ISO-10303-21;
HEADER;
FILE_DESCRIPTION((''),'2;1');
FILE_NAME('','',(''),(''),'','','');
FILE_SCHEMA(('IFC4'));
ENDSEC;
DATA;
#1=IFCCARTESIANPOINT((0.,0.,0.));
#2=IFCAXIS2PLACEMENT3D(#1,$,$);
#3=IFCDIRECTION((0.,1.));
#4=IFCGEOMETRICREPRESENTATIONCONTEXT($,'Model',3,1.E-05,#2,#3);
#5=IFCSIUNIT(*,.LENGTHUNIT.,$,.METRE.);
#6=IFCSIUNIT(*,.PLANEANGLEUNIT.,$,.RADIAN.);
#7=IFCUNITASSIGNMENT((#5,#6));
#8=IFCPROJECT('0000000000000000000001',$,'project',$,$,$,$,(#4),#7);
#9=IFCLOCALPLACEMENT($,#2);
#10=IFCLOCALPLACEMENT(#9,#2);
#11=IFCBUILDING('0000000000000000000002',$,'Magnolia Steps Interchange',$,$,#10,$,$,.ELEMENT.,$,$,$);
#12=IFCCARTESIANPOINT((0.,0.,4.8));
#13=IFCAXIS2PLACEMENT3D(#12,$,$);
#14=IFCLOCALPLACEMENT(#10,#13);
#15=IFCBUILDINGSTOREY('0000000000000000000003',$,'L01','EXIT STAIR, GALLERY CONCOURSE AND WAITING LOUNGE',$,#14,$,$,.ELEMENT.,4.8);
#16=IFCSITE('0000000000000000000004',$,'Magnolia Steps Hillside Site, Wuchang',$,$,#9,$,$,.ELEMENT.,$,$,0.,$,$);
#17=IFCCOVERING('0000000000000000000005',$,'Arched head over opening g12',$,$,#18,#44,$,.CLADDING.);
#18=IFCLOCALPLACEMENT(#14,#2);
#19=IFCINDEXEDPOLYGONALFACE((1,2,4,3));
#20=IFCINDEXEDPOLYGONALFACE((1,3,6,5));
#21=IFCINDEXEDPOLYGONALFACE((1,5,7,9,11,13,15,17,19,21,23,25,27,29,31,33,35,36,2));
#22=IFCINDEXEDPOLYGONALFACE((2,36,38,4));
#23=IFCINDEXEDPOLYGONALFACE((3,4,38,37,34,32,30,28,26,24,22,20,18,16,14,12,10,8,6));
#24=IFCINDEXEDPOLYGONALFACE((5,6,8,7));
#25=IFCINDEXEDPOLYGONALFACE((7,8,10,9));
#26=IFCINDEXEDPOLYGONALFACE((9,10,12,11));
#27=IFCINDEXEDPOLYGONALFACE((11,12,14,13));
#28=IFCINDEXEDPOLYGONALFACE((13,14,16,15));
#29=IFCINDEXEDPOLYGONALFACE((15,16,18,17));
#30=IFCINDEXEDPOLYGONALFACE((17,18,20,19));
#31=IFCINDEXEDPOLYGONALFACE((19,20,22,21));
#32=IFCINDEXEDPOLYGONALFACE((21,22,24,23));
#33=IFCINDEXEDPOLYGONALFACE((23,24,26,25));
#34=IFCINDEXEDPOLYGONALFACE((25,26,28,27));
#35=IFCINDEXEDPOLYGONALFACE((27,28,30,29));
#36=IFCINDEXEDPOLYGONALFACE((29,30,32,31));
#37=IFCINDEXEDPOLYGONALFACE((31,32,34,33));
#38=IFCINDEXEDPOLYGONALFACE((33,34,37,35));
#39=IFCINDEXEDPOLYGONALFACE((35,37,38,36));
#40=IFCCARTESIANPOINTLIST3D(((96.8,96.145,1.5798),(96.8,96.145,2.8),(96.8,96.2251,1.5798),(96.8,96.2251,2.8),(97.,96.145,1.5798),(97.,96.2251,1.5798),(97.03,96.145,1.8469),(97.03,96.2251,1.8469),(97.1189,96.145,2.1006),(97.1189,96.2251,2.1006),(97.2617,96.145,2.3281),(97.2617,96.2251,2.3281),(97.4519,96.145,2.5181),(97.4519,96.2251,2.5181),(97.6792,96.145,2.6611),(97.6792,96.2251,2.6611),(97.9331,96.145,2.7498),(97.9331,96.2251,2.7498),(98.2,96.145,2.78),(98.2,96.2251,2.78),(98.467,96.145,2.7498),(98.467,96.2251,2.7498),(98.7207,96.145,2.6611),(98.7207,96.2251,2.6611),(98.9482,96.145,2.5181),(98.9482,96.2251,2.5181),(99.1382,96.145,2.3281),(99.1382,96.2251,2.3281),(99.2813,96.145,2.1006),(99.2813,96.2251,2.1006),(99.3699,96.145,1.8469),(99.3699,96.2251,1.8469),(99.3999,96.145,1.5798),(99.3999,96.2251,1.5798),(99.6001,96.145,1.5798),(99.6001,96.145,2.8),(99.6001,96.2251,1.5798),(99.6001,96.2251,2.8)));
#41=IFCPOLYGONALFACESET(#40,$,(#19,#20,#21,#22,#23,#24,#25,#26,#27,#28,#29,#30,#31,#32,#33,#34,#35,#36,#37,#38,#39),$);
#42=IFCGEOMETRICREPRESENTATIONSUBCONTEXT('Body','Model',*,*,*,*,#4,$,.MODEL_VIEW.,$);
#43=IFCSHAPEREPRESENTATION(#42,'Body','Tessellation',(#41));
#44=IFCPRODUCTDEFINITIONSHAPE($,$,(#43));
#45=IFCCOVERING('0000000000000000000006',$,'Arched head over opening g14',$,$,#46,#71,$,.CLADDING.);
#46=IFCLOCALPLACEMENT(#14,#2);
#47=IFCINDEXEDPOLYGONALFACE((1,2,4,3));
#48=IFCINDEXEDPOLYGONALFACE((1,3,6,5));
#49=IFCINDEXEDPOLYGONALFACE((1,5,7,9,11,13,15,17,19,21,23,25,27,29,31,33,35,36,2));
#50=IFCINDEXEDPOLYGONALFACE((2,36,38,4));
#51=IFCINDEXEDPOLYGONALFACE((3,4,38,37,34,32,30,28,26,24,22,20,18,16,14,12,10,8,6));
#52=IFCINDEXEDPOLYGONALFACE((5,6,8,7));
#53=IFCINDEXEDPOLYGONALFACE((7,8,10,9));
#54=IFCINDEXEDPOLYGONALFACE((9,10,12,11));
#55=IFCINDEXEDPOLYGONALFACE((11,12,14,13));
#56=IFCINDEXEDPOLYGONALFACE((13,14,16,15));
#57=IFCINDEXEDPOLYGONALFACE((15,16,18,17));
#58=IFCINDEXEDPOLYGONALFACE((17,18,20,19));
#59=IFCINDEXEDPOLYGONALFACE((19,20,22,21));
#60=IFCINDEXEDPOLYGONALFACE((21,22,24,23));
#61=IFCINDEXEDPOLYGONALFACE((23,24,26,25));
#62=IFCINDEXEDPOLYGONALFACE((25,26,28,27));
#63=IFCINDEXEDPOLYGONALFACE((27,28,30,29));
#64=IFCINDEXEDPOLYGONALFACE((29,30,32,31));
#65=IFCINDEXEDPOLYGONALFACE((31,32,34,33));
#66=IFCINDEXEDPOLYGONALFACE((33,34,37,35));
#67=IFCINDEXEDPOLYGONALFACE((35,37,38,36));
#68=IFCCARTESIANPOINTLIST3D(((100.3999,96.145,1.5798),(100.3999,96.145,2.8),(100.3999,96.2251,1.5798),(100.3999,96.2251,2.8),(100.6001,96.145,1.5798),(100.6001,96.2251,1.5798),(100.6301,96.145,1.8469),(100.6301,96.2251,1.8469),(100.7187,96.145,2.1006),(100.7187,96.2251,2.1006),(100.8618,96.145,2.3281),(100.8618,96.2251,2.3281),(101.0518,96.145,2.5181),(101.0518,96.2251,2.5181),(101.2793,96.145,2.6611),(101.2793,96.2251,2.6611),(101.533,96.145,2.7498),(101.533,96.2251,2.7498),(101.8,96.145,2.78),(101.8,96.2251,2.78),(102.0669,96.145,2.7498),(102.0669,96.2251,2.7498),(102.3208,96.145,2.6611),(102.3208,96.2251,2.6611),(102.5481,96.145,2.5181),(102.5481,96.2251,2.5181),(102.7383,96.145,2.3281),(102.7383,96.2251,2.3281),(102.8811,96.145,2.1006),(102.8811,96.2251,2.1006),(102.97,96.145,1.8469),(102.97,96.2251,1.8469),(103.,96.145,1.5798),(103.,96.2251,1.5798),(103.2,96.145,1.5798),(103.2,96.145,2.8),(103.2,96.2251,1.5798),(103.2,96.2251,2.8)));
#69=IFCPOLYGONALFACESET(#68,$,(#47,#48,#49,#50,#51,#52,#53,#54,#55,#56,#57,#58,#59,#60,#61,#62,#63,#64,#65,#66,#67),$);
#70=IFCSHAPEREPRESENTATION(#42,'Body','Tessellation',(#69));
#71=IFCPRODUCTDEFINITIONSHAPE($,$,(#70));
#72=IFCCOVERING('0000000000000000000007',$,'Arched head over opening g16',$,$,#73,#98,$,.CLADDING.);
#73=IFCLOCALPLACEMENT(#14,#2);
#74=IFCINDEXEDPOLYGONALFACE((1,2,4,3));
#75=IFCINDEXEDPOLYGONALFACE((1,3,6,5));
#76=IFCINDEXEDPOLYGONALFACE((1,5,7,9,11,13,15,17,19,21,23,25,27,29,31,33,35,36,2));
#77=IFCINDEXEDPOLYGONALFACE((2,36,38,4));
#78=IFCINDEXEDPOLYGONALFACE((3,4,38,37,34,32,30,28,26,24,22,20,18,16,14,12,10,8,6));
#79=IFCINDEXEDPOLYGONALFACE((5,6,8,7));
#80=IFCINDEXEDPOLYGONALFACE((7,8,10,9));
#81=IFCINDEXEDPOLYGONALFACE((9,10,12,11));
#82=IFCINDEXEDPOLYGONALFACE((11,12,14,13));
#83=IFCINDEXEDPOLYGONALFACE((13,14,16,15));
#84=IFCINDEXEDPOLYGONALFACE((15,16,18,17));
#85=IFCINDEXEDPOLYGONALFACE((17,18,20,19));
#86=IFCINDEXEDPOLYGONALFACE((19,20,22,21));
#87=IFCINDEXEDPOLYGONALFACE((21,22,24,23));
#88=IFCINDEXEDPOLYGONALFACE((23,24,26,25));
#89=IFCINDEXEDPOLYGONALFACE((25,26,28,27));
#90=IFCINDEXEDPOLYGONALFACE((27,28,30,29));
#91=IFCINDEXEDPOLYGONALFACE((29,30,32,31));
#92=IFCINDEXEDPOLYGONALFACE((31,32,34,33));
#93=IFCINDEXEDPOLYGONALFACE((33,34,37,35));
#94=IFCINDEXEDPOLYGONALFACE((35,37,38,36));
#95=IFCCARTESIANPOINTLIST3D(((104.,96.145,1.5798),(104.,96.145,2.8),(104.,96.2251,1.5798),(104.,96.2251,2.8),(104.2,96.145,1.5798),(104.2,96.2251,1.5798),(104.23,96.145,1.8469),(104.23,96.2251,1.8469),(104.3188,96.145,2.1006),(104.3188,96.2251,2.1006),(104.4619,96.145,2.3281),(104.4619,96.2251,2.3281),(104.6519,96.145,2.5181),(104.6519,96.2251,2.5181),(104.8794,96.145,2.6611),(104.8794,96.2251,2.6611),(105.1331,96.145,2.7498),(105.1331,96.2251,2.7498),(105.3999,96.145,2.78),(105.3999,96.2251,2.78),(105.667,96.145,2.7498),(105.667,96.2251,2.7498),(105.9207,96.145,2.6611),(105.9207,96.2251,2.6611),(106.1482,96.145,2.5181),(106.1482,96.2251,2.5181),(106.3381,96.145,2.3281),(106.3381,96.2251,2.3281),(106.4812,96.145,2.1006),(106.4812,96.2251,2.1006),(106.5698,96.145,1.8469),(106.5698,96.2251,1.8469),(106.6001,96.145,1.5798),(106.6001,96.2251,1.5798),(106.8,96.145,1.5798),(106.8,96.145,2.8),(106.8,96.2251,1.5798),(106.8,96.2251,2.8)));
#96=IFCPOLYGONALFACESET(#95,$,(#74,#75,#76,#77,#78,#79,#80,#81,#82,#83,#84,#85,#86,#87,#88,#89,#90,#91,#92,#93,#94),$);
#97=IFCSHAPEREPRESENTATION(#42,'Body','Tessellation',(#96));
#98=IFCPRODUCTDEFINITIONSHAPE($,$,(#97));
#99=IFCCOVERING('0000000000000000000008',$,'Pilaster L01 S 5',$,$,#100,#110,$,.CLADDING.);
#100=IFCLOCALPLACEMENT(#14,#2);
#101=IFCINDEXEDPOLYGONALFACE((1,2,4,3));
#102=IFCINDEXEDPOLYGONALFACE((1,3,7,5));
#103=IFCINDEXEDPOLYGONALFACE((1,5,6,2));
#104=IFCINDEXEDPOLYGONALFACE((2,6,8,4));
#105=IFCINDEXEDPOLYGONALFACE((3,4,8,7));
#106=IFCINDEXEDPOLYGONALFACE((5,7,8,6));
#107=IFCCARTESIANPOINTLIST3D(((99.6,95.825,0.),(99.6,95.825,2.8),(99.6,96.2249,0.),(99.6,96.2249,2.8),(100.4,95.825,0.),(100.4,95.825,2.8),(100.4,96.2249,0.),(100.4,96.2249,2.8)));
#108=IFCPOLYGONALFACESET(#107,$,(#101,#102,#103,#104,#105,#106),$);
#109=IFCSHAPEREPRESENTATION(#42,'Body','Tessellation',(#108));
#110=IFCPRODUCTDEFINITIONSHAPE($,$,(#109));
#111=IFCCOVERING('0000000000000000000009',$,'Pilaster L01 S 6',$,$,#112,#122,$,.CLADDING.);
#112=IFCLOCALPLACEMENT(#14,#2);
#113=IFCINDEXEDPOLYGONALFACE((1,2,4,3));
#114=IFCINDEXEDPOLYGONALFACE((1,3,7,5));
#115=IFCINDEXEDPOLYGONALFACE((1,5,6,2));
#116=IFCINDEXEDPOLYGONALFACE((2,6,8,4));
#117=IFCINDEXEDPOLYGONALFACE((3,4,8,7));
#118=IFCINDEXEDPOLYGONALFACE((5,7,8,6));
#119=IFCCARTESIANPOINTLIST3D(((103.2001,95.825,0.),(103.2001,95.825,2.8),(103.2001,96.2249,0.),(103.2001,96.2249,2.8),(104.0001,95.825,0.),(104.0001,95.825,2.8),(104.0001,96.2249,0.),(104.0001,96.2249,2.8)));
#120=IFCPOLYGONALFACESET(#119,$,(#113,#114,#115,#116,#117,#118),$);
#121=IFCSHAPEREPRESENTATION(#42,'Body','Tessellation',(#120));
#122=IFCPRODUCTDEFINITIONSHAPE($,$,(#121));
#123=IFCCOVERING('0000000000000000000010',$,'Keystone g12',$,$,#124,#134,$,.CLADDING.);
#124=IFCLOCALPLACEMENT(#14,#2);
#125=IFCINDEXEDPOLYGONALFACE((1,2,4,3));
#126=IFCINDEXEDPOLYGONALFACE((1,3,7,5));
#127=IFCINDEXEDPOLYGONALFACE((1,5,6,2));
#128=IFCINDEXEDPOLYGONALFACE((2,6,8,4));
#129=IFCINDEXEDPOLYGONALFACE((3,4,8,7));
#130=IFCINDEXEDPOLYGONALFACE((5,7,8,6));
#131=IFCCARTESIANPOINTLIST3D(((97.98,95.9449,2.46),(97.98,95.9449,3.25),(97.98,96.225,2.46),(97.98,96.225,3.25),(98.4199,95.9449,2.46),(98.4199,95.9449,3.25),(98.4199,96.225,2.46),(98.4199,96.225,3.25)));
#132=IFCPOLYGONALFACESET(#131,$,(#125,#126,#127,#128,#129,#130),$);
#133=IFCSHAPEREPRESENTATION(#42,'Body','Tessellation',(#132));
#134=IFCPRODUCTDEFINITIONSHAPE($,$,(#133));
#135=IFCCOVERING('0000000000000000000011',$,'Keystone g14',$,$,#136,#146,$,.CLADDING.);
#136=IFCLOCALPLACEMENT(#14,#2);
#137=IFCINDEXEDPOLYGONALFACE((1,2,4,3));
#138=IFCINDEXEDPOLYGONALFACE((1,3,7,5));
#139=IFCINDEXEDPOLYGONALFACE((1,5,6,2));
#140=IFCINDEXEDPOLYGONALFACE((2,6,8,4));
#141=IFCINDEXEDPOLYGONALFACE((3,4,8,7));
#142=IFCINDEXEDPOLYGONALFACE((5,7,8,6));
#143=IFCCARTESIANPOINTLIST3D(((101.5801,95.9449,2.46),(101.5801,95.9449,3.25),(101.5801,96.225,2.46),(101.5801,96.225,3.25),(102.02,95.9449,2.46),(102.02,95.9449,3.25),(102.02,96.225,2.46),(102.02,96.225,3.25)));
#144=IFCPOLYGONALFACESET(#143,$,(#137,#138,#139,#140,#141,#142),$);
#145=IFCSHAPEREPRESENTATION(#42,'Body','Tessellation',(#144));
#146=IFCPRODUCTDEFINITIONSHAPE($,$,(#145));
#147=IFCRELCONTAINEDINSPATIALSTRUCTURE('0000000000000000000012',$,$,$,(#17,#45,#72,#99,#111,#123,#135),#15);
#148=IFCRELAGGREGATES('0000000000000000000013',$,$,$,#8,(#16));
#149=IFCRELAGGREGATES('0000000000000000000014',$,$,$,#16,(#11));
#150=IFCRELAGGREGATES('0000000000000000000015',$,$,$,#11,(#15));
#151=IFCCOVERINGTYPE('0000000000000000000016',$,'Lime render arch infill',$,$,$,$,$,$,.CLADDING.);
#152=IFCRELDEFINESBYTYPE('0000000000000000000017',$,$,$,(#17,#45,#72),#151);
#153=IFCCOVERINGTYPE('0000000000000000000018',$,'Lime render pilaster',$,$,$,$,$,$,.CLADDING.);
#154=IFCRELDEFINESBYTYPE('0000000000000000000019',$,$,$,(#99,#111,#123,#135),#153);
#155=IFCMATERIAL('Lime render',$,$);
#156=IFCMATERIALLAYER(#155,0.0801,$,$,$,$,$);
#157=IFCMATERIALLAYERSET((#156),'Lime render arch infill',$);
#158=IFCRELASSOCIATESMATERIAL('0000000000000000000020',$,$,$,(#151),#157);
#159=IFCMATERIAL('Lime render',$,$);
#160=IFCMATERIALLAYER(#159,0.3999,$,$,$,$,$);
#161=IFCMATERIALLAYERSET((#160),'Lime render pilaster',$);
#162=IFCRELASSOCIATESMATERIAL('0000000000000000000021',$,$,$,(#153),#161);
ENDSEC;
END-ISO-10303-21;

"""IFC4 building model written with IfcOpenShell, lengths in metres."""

from ifc_helpers import new_model, si_unit, direction, frame, origin, origin_2d, place, context, subcontext, project, spatial, polyline, rectangle, outline, extrude, material, layer, layer_set, type_object, element, save


model = new_model("IFC4")

# Units and contexts
model_context = context("Model", 3, precision=1e-05, world=origin(), true_north=direction((0.0, 1.0)))
body_context = subcontext(model_context, "Body", "Model", "MODEL_VIEW")
ifc_project = project(units=[si_unit("LENGTHUNIT", "METRE"), si_unit("PLANEANGLEUNIT", "RADIAN")], contexts=[model_context])

# Site, building, storey
site_placement = place(None, origin())
site = spatial("IfcSite", under=ifc_project, at=site_placement, Name="Magnolia Steps Hillside Site, Wuchang", CompositionType="ELEMENT", RefElevation=0.0)
building_placement = place(site_placement, origin())
building = spatial("IfcBuilding", under=site, at=building_placement, Name="Magnolia Steps Interchange", CompositionType="ELEMENT")
storey_placement = place(building_placement, frame((0.0, 0.0, 4.8)))
storey = spatial("IfcBuildingStorey", under=building, at=storey_placement, Name="L01", Description="EXIT STAIR, GALLERY CONCOURSE AND WAITING LOUNGE", CompositionType="ELEMENT", Elevation=4.8)

# Coverings
ifc_material_1 = material(Name="Lime render")
ifc_layer_1 = layer(ifc_material_1, 0.0801)
ifc_layer_set_1 = layer_set([ifc_layer_1], Name="Lime render arch infill")
covering_type_1 = type_object("IfcCoveringType", Name="Lime render arch infill", PredefinedType="CLADDING", material=ifc_layer_set_1)
covering_1_placement = place(storey_placement, frame((96.8, 96.2251, 1.5798), z_axis=(0.0, 1.0, 0.0), x_axis=(0.0, 0.0, 1.0)))
element("IfcCovering", 1, at=covering_1_placement, inside=storey, type_object=covering_type_1, Name="Arched head over opening g12", PredefinedType="CLADDING", context=body_context, shape_type="SweptSolid", body=[
    extrude(outline(polyline([(0.0, 0.0), (1.2202, 0.0), (1.2202, 2.8), (0.0, 2.8), (0.0, 2.5999), (0.2671, 2.5698), (0.5208, 2.4812), (0.7483, 2.3381), (0.9382, 2.1482), (1.0813, 1.9207), (1.1699, 1.667), (1.2002, 1.3999), (1.1699, 1.1331), (1.0813, 0.8792), (0.9382, 0.6519), (0.7483, 0.4617), (0.5208, 0.3188), (0.2671, 0.23), (0.0, 0.2), (0.0, 0.0)])), origin(), (0.0, 0.0, -1.0), 0.0801),
])
covering_2_placement = place(storey_placement, frame((100.3999, 96.2251, 1.5798), z_axis=(0.0, 1.0, 0.0), x_axis=(0.0, 0.0, 1.0)))
element("IfcCovering", 2, at=covering_2_placement, inside=storey, type_object=covering_type_1, Name="Arched head over opening g14", PredefinedType="CLADDING", context=body_context, shape_type="SweptSolid", body=[
    extrude(outline(polyline([(0.0, 0.0), (1.2202, 0.0), (1.2202, 2.8), (0.0, 2.8), (0.0, 2.6001), (0.2671, 2.5701), (0.5208, 2.4812), (0.7483, 2.3384), (0.9382, 2.1482), (1.0813, 1.9209), (1.1699, 1.667), (1.2002, 1.4001), (1.1699, 1.1331), (1.0813, 0.8794), (0.9382, 0.6519), (0.7483, 0.4619), (0.5208, 0.3188), (0.2671, 0.2302), (0.0, 0.2002), (0.0, 0.0)])), origin(), (0.0, 0.0, -1.0), 0.0801),
])
covering_3_placement = place(storey_placement, frame((104.0, 96.2251, 1.5798), z_axis=(0.0, 1.0, 0.0), x_axis=(0.0, 0.0, 1.0)))
element("IfcCovering", 3, at=covering_3_placement, inside=storey, type_object=covering_type_1, Name="Arched head over opening g16", PredefinedType="CLADDING", context=body_context, shape_type="SweptSolid", body=[
    extrude(outline(polyline([(0.0, 0.0), (1.2202, 0.0), (1.2202, 2.8), (0.0, 2.8), (0.0, 2.6001), (0.2671, 2.5698), (0.5208, 2.4812), (0.7483, 2.3381), (0.9382, 2.1482), (1.0813, 1.9207), (1.1699, 1.667), (1.2002, 1.3999), (1.1699, 1.1331), (1.0813, 0.8794), (0.9382, 0.6519), (0.7483, 0.4619), (0.5208, 0.3188), (0.2671, 0.23), (0.0, 0.2), (0.0, 0.0)])), origin(), (0.0, 0.0, -1.0), 0.0801),
])
ifc_material_2 = material(Name="Lime render")
ifc_layer_2 = layer(ifc_material_2, 0.3999)
ifc_layer_set_2 = layer_set([ifc_layer_2], Name="Lime render pilaster")
covering_type_2 = type_object("IfcCoveringType", Name="Lime render pilaster", PredefinedType="CLADDING", material=ifc_layer_set_2)
for number, where, z_axis, x_axis, name in (
    (4, (100.0, 96.0249, 0.0), (0.0, 0.0, 1.0), (1.0, 0.0, 0.0), "Pilaster L01 S 5"),
    (5, (103.6001, 96.0249, 0.0), (0.0, 0.0, 1.0), (1.0, 0.0, 0.0), "Pilaster L01 S 6"),
):
    element("IfcCovering", number, at=place(storey_placement, frame(where, z_axis=z_axis, x_axis=x_axis)), inside=storey, type_object=covering_type_2, Name=name, PredefinedType="CLADDING", context=body_context, shape_type="SweptSolid", body=[
        extrude(rectangle(XDim=0.8, YDim=0.3999, at=origin_2d()), origin(), (0.0, 0.0, 1.0), 2.8),
    ])
for number, where, z_axis, x_axis, name in (
    (6, (98.2, 96.085, 2.46), (0.0, 0.0, 1.0), (1.0, 0.0, 0.0), "Keystone g12"),
    (7, (101.8, 96.085, 2.46), (0.0, 0.0, 1.0), (1.0, 0.0, 0.0), "Keystone g14"),
):
    element("IfcCovering", number, at=place(storey_placement, frame(where, z_axis=z_axis, x_axis=x_axis)), inside=storey, type_object=covering_type_2, Name=name, PredefinedType="CLADDING", context=body_context, shape_type="SweptSolid", body=[
        extrude(rectangle(XDim=0.4399, YDim=0.28, at=origin_2d()), origin(), (0.0, 0.0, 1.0), 0.79),
    ])

save(model, "model.ifc")
